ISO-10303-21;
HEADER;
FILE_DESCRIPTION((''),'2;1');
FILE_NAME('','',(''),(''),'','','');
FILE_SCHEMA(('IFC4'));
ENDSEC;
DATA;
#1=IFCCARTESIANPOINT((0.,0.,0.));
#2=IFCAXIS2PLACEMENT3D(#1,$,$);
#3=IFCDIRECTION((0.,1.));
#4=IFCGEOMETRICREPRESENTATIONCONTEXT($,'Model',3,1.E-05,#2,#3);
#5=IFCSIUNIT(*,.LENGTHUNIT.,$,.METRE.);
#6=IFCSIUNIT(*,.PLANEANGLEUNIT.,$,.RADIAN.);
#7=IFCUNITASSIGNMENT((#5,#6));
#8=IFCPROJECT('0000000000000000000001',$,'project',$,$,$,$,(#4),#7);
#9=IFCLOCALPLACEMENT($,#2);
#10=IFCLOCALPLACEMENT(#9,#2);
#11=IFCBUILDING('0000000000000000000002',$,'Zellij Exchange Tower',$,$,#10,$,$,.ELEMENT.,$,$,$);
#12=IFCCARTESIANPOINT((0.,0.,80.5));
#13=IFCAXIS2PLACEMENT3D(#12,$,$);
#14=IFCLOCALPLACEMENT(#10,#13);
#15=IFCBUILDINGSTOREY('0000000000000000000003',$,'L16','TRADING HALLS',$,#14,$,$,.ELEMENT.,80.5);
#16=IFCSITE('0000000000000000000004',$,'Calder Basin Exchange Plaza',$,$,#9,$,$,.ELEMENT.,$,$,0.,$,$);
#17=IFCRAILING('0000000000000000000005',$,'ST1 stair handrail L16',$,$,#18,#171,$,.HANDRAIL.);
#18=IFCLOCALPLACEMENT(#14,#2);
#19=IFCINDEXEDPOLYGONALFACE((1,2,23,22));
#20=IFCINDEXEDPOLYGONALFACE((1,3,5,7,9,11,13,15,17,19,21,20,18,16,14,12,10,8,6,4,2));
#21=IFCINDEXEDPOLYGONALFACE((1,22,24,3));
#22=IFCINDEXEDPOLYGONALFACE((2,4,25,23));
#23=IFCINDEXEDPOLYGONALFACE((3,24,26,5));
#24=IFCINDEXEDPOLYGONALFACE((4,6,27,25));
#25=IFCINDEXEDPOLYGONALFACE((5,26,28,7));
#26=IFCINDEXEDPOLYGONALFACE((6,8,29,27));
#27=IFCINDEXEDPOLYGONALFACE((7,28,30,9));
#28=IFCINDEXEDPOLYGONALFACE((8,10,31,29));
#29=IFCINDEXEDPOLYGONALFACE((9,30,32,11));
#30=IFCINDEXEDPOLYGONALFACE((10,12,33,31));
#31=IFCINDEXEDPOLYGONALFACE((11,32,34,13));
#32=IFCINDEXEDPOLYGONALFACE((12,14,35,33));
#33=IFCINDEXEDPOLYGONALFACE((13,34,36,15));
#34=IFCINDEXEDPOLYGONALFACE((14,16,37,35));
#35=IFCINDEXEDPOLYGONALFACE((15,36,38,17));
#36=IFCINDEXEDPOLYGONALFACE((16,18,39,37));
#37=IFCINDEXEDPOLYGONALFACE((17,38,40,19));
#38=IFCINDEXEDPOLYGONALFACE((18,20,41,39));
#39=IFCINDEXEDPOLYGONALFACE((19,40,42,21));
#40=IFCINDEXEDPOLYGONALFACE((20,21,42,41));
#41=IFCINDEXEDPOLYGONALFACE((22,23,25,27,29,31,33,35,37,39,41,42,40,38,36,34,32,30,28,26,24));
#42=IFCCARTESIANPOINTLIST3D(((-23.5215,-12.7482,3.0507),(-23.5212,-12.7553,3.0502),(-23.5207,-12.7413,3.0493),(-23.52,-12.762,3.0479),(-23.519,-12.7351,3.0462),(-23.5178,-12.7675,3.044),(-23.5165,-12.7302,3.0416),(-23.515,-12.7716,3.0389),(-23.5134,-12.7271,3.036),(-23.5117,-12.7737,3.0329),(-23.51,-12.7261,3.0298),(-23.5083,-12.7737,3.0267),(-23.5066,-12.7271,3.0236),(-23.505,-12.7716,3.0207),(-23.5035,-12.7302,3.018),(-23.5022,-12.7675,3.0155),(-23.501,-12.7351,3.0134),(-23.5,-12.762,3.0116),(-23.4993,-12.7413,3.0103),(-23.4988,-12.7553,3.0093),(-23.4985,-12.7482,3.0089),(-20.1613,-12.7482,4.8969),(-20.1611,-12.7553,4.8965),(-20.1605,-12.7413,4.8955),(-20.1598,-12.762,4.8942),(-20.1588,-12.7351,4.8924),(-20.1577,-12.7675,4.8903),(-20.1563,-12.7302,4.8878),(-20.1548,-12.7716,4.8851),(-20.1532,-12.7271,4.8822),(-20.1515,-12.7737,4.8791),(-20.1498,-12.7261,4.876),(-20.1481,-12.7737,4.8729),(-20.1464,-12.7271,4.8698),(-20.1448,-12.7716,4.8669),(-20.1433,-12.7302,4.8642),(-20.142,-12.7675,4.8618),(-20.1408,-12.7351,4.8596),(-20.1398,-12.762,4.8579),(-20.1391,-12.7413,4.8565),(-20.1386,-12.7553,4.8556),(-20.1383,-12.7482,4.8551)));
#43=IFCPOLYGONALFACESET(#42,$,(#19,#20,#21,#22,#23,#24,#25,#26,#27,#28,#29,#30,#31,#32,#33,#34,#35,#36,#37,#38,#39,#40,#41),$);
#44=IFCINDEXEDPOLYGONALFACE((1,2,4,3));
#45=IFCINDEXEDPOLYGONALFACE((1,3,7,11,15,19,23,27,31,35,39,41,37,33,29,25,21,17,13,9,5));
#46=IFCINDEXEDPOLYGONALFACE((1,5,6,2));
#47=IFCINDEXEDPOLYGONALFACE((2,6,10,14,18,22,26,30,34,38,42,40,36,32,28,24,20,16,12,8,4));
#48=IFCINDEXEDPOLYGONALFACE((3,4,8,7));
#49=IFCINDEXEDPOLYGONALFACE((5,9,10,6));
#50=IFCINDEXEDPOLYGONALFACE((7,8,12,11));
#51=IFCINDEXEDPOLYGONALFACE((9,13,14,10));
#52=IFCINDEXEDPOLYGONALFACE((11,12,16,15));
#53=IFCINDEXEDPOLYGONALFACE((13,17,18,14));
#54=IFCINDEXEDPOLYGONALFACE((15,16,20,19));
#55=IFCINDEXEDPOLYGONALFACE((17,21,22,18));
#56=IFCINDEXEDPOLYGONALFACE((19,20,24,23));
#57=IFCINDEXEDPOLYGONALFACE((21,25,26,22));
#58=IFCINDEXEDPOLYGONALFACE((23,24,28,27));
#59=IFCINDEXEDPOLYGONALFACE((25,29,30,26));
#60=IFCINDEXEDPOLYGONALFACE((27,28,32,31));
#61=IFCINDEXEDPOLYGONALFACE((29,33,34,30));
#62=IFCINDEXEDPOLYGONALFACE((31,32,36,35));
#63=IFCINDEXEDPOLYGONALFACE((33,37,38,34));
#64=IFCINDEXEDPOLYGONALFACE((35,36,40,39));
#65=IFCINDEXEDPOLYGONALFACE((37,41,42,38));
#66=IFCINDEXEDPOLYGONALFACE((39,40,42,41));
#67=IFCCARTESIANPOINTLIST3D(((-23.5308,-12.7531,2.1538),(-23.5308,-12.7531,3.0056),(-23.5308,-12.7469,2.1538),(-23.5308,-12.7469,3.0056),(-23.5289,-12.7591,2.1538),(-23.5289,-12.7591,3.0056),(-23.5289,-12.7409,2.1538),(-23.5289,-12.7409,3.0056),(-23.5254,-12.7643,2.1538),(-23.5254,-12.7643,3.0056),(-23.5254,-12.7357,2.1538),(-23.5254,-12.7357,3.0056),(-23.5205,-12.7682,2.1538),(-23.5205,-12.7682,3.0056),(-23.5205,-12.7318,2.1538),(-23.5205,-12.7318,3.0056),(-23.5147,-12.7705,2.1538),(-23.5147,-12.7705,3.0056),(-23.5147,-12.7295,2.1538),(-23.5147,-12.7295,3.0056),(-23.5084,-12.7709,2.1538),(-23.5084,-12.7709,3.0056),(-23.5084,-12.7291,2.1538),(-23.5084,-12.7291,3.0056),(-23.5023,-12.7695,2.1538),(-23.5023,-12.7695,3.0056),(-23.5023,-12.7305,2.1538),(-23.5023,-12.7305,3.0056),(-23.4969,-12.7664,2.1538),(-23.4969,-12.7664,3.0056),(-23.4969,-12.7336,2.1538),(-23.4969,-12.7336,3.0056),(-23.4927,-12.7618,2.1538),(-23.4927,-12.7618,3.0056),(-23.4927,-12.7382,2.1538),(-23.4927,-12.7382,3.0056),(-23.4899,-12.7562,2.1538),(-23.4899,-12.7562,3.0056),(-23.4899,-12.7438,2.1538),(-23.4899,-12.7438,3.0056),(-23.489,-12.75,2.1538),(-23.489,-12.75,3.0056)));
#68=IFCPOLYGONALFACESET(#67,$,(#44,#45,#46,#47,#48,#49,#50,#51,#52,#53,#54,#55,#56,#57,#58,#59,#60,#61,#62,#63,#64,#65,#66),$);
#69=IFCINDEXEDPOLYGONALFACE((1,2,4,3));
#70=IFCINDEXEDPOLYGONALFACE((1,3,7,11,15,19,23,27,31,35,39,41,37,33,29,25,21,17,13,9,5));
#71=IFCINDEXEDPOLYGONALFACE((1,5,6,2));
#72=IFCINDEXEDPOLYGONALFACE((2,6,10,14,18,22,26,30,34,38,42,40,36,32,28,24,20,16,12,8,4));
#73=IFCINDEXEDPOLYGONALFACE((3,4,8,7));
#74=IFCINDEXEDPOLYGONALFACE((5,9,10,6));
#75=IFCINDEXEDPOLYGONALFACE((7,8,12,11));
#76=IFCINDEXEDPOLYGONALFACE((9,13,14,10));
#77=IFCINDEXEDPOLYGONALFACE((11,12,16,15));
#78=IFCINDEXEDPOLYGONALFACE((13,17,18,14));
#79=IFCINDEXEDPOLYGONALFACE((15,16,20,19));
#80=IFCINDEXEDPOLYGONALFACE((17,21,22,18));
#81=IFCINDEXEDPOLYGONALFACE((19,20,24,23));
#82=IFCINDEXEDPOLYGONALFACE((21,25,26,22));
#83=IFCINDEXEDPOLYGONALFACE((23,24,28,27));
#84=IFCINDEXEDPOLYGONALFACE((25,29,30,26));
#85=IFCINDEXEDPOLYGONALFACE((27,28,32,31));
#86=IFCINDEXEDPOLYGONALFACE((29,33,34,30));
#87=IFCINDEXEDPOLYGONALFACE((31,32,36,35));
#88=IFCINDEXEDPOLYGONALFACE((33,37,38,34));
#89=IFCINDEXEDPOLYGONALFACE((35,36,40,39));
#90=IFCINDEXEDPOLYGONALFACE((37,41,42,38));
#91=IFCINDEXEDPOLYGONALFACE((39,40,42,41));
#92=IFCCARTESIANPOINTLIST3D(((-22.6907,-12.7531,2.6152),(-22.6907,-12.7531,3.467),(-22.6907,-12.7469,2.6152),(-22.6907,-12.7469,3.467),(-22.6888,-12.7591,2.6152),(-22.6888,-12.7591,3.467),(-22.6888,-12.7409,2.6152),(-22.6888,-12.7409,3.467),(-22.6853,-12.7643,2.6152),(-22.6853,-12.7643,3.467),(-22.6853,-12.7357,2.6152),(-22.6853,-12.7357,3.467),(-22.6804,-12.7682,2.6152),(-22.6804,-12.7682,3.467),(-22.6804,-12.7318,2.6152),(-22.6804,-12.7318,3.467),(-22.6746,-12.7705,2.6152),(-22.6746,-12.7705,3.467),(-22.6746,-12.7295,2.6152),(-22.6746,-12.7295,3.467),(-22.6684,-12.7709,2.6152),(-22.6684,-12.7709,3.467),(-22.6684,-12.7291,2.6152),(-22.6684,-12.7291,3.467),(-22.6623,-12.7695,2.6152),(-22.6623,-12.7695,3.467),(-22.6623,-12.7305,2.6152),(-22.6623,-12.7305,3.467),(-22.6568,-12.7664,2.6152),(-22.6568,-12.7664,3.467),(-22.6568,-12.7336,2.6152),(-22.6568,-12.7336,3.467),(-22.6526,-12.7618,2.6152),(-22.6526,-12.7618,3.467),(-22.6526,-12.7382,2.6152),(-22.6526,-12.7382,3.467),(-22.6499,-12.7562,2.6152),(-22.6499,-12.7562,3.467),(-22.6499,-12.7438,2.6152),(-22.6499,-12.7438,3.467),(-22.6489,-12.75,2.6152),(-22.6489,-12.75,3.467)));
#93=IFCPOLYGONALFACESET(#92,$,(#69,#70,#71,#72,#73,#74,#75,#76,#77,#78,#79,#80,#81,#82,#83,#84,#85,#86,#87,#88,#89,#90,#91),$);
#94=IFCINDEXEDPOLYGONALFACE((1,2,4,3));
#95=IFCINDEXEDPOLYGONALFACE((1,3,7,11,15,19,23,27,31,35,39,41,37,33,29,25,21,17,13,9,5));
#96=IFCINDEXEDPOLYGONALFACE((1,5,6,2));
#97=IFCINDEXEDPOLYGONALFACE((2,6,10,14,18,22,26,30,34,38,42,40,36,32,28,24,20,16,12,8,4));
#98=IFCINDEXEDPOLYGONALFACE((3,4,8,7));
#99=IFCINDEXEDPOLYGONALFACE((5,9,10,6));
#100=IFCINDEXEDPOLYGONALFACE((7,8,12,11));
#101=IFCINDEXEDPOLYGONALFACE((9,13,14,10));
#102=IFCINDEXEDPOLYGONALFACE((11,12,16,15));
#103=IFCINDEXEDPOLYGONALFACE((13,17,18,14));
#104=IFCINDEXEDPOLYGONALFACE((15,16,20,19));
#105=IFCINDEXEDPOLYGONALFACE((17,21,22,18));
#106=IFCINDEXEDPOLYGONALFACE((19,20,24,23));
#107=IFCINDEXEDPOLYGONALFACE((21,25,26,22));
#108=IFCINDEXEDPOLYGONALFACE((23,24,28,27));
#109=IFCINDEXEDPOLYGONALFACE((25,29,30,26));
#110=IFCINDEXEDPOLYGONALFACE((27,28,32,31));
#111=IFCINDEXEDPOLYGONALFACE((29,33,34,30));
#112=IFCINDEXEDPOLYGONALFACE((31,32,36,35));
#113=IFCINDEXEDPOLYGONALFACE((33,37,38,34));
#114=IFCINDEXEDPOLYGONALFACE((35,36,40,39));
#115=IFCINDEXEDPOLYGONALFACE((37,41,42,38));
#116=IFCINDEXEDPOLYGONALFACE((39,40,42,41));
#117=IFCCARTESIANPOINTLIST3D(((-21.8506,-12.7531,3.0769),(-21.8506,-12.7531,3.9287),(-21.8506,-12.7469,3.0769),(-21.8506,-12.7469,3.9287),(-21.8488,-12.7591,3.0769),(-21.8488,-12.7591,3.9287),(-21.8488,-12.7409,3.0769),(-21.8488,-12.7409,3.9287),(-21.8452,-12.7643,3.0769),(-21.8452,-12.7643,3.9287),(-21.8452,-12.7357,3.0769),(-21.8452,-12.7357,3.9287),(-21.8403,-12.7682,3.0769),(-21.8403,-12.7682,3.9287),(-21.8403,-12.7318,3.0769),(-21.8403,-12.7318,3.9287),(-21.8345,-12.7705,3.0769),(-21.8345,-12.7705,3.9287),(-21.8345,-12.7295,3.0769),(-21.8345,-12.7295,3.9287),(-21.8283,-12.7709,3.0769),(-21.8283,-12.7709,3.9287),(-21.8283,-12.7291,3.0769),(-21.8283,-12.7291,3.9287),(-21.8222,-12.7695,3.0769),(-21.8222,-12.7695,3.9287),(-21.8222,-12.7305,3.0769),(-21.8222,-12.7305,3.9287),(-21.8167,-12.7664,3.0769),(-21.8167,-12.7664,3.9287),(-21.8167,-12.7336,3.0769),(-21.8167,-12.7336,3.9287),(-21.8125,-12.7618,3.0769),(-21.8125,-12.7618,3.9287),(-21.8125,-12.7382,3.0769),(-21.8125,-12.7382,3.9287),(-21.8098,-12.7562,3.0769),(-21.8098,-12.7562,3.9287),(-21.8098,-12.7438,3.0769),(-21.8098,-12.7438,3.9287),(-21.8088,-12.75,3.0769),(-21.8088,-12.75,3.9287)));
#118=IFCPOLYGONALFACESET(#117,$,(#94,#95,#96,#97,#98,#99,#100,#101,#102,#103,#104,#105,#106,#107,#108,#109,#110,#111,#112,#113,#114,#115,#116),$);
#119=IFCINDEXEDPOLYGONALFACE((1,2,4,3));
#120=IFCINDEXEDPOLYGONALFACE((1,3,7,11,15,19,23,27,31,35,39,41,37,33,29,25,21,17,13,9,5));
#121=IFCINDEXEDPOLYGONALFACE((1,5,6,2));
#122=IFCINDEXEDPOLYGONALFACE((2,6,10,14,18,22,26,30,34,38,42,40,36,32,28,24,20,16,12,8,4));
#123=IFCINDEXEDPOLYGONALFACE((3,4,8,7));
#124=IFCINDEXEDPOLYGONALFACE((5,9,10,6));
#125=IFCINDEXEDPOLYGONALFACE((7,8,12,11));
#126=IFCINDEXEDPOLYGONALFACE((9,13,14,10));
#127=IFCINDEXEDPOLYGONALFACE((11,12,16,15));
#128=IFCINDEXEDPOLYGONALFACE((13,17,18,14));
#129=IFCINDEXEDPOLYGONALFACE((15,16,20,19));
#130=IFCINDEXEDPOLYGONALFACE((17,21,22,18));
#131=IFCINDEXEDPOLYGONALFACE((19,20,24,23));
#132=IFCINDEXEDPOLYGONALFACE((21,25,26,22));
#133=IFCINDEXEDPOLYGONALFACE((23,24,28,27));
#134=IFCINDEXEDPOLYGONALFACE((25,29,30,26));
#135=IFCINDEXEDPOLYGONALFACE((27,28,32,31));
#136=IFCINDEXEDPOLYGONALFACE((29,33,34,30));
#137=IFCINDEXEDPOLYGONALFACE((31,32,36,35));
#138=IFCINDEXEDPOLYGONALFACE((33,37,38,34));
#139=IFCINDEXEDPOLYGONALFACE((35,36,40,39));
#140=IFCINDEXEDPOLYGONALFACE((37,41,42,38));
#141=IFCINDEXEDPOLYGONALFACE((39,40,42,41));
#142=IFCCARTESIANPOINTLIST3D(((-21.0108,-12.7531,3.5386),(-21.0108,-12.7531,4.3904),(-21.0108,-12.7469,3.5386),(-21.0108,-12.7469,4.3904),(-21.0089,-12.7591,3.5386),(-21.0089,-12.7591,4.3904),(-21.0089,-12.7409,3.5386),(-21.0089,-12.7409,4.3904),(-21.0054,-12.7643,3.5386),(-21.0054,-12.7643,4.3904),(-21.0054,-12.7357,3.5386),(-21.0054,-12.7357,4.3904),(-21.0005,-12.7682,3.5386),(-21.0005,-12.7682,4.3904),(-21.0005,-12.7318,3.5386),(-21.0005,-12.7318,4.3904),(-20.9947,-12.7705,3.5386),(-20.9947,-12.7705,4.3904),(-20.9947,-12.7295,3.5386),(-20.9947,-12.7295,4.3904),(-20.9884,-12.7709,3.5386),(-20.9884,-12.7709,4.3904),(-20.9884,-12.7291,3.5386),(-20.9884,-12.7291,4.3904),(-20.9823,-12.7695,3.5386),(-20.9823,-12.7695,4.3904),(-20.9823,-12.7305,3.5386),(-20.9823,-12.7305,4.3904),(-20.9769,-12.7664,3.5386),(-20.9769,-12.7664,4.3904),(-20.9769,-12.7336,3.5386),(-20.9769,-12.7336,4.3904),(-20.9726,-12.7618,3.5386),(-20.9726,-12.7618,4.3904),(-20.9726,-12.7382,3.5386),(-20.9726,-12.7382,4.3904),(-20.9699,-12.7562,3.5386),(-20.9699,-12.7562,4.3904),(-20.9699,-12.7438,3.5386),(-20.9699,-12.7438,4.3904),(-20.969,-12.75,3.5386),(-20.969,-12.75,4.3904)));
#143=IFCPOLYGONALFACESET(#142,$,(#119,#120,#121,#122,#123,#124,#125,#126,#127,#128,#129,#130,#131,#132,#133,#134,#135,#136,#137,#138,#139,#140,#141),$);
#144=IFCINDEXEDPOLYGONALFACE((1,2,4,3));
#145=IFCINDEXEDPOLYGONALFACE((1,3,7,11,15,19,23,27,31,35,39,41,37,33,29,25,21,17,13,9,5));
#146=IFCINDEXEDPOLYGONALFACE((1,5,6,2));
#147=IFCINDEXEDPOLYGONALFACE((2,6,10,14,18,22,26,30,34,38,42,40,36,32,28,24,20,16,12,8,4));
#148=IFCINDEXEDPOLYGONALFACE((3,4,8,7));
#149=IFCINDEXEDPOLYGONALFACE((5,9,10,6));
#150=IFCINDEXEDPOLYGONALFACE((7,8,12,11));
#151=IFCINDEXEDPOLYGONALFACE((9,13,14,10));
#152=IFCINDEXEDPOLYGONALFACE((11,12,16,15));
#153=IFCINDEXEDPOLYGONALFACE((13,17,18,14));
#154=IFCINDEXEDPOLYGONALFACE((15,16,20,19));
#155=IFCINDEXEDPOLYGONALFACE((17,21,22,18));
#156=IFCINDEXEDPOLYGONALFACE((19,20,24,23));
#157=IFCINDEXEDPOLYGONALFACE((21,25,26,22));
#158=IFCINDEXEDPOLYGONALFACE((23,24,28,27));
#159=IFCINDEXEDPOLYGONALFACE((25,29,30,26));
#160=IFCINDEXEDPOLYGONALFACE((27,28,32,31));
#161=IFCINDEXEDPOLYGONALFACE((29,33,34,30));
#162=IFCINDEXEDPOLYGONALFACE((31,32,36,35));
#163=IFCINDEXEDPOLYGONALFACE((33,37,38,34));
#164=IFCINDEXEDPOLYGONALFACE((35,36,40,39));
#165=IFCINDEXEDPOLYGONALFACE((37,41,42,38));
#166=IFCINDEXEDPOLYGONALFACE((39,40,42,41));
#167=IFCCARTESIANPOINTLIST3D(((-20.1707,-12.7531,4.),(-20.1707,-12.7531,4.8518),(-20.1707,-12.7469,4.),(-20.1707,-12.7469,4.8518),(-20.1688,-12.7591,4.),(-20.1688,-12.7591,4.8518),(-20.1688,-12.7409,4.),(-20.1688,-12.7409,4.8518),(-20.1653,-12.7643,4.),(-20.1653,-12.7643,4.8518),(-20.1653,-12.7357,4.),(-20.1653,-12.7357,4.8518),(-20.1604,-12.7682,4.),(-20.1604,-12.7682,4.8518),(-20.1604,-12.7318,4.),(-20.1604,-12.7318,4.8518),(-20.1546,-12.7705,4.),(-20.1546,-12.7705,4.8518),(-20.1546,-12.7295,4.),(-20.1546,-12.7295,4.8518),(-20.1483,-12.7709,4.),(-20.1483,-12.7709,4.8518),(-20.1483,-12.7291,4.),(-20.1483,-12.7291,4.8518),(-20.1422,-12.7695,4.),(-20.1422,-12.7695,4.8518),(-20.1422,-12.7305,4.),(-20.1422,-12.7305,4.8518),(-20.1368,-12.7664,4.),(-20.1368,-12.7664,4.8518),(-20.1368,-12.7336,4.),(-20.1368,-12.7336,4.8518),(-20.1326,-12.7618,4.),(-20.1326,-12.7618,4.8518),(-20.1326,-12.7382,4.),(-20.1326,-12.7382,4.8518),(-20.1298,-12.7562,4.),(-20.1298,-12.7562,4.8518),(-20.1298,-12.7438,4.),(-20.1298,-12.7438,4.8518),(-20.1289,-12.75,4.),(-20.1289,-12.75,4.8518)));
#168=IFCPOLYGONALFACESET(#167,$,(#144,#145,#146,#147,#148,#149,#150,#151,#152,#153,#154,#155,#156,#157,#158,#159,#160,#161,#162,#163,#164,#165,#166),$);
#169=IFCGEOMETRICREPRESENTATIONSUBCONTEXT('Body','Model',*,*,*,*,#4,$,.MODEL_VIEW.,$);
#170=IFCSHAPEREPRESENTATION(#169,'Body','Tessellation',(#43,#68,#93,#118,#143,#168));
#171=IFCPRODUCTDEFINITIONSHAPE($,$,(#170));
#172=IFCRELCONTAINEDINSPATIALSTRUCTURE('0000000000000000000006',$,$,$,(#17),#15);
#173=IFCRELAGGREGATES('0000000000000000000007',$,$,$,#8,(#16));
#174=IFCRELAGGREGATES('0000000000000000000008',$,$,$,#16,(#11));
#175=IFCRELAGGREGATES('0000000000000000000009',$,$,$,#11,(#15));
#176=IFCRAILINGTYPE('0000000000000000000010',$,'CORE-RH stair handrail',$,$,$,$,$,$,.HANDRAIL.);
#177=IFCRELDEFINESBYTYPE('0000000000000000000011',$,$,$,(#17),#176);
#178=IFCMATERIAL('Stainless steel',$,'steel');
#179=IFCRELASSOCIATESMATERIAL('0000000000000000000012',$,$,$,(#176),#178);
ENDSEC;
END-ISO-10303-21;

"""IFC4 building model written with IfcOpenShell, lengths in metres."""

from ifc_helpers import new_model, si_unit, direction, frame, origin, origin_2d, place, context, subcontext, project, spatial, circle, extrude, material, type_object, element, save


model = new_model("IFC4")

# Units and contexts
model_context = context("Model", 3, precision=1e-05, world=origin(), true_north=direction((0.0, 1.0)))
body_context = subcontext(model_context, "Body", "Model", "MODEL_VIEW")
ifc_project = project(units=[si_unit("LENGTHUNIT", "METRE"), si_unit("PLANEANGLEUNIT", "RADIAN")], contexts=[model_context])

# Site, building, storey
site_placement = place(None, origin())
site = spatial("IfcSite", under=ifc_project, at=site_placement, Name="Calder Basin Exchange Plaza", CompositionType="ELEMENT", RefElevation=0.0)
building_placement = place(site_placement, origin())
building = spatial("IfcBuilding", under=site, at=building_placement, Name="Zellij Exchange Tower", CompositionType="ELEMENT")
storey_placement = place(building_placement, frame((0.0, 0.0, 80.5)))
storey = spatial("IfcBuildingStorey", under=building, at=storey_placement, Name="L16", Description="TRADING HALLS", CompositionType="ELEMENT", Elevation=80.5)

# Railing
ifc_material_1 = material(Name="Stainless steel", Category="steel")
railing_type_1 = type_object("IfcRailingType", Name="CORE-RH stair handrail", PredefinedType="HANDRAIL", material=ifc_material_1)
railing_1_placement = place(storey_placement, frame((-23.51, -12.75, 2.1538)))
element("IfcRailing", 1, at=railing_1_placement, inside=storey, type_object=railing_type_1, Name="ST1 stair handrail L16", PredefinedType="HANDRAIL", context=body_context, shape_type="SweptSolid", body=[
    extrude(circle(Radius=0.0239, at=origin_2d()), frame((0.0, 0.0, 0.876), z_axis=(0.876422, 0.0, 0.481545), x_axis=(0.0, 1.0, 0.0)), (0.0, 0.0, 1.0), 3.834),
    extrude(circle(Radius=0.021, at=origin_2d()), origin(), (0.0, 0.0, 1.0), 0.8518),
    extrude(circle(Radius=0.021, at=origin_2d()), frame((0.8401, 0.0, 0.4614)), (0.0, 0.0, 1.0), 0.8518),
    extrude(circle(Radius=0.021, at=origin_2d()), frame((1.6802, 0.0, 0.9231)), (0.0, 0.0, 1.0), 0.8518),
    extrude(circle(Radius=0.021, at=origin_2d()), frame((2.52, 0.0, 1.3848)), (0.0, 0.0, 1.0), 0.8518),
    extrude(circle(Radius=0.021, at=origin_2d()), frame((3.3601, 0.0, 1.8462)), (0.0, 0.0, 1.0), 0.8518),
])

save(model, "model.ifc")
